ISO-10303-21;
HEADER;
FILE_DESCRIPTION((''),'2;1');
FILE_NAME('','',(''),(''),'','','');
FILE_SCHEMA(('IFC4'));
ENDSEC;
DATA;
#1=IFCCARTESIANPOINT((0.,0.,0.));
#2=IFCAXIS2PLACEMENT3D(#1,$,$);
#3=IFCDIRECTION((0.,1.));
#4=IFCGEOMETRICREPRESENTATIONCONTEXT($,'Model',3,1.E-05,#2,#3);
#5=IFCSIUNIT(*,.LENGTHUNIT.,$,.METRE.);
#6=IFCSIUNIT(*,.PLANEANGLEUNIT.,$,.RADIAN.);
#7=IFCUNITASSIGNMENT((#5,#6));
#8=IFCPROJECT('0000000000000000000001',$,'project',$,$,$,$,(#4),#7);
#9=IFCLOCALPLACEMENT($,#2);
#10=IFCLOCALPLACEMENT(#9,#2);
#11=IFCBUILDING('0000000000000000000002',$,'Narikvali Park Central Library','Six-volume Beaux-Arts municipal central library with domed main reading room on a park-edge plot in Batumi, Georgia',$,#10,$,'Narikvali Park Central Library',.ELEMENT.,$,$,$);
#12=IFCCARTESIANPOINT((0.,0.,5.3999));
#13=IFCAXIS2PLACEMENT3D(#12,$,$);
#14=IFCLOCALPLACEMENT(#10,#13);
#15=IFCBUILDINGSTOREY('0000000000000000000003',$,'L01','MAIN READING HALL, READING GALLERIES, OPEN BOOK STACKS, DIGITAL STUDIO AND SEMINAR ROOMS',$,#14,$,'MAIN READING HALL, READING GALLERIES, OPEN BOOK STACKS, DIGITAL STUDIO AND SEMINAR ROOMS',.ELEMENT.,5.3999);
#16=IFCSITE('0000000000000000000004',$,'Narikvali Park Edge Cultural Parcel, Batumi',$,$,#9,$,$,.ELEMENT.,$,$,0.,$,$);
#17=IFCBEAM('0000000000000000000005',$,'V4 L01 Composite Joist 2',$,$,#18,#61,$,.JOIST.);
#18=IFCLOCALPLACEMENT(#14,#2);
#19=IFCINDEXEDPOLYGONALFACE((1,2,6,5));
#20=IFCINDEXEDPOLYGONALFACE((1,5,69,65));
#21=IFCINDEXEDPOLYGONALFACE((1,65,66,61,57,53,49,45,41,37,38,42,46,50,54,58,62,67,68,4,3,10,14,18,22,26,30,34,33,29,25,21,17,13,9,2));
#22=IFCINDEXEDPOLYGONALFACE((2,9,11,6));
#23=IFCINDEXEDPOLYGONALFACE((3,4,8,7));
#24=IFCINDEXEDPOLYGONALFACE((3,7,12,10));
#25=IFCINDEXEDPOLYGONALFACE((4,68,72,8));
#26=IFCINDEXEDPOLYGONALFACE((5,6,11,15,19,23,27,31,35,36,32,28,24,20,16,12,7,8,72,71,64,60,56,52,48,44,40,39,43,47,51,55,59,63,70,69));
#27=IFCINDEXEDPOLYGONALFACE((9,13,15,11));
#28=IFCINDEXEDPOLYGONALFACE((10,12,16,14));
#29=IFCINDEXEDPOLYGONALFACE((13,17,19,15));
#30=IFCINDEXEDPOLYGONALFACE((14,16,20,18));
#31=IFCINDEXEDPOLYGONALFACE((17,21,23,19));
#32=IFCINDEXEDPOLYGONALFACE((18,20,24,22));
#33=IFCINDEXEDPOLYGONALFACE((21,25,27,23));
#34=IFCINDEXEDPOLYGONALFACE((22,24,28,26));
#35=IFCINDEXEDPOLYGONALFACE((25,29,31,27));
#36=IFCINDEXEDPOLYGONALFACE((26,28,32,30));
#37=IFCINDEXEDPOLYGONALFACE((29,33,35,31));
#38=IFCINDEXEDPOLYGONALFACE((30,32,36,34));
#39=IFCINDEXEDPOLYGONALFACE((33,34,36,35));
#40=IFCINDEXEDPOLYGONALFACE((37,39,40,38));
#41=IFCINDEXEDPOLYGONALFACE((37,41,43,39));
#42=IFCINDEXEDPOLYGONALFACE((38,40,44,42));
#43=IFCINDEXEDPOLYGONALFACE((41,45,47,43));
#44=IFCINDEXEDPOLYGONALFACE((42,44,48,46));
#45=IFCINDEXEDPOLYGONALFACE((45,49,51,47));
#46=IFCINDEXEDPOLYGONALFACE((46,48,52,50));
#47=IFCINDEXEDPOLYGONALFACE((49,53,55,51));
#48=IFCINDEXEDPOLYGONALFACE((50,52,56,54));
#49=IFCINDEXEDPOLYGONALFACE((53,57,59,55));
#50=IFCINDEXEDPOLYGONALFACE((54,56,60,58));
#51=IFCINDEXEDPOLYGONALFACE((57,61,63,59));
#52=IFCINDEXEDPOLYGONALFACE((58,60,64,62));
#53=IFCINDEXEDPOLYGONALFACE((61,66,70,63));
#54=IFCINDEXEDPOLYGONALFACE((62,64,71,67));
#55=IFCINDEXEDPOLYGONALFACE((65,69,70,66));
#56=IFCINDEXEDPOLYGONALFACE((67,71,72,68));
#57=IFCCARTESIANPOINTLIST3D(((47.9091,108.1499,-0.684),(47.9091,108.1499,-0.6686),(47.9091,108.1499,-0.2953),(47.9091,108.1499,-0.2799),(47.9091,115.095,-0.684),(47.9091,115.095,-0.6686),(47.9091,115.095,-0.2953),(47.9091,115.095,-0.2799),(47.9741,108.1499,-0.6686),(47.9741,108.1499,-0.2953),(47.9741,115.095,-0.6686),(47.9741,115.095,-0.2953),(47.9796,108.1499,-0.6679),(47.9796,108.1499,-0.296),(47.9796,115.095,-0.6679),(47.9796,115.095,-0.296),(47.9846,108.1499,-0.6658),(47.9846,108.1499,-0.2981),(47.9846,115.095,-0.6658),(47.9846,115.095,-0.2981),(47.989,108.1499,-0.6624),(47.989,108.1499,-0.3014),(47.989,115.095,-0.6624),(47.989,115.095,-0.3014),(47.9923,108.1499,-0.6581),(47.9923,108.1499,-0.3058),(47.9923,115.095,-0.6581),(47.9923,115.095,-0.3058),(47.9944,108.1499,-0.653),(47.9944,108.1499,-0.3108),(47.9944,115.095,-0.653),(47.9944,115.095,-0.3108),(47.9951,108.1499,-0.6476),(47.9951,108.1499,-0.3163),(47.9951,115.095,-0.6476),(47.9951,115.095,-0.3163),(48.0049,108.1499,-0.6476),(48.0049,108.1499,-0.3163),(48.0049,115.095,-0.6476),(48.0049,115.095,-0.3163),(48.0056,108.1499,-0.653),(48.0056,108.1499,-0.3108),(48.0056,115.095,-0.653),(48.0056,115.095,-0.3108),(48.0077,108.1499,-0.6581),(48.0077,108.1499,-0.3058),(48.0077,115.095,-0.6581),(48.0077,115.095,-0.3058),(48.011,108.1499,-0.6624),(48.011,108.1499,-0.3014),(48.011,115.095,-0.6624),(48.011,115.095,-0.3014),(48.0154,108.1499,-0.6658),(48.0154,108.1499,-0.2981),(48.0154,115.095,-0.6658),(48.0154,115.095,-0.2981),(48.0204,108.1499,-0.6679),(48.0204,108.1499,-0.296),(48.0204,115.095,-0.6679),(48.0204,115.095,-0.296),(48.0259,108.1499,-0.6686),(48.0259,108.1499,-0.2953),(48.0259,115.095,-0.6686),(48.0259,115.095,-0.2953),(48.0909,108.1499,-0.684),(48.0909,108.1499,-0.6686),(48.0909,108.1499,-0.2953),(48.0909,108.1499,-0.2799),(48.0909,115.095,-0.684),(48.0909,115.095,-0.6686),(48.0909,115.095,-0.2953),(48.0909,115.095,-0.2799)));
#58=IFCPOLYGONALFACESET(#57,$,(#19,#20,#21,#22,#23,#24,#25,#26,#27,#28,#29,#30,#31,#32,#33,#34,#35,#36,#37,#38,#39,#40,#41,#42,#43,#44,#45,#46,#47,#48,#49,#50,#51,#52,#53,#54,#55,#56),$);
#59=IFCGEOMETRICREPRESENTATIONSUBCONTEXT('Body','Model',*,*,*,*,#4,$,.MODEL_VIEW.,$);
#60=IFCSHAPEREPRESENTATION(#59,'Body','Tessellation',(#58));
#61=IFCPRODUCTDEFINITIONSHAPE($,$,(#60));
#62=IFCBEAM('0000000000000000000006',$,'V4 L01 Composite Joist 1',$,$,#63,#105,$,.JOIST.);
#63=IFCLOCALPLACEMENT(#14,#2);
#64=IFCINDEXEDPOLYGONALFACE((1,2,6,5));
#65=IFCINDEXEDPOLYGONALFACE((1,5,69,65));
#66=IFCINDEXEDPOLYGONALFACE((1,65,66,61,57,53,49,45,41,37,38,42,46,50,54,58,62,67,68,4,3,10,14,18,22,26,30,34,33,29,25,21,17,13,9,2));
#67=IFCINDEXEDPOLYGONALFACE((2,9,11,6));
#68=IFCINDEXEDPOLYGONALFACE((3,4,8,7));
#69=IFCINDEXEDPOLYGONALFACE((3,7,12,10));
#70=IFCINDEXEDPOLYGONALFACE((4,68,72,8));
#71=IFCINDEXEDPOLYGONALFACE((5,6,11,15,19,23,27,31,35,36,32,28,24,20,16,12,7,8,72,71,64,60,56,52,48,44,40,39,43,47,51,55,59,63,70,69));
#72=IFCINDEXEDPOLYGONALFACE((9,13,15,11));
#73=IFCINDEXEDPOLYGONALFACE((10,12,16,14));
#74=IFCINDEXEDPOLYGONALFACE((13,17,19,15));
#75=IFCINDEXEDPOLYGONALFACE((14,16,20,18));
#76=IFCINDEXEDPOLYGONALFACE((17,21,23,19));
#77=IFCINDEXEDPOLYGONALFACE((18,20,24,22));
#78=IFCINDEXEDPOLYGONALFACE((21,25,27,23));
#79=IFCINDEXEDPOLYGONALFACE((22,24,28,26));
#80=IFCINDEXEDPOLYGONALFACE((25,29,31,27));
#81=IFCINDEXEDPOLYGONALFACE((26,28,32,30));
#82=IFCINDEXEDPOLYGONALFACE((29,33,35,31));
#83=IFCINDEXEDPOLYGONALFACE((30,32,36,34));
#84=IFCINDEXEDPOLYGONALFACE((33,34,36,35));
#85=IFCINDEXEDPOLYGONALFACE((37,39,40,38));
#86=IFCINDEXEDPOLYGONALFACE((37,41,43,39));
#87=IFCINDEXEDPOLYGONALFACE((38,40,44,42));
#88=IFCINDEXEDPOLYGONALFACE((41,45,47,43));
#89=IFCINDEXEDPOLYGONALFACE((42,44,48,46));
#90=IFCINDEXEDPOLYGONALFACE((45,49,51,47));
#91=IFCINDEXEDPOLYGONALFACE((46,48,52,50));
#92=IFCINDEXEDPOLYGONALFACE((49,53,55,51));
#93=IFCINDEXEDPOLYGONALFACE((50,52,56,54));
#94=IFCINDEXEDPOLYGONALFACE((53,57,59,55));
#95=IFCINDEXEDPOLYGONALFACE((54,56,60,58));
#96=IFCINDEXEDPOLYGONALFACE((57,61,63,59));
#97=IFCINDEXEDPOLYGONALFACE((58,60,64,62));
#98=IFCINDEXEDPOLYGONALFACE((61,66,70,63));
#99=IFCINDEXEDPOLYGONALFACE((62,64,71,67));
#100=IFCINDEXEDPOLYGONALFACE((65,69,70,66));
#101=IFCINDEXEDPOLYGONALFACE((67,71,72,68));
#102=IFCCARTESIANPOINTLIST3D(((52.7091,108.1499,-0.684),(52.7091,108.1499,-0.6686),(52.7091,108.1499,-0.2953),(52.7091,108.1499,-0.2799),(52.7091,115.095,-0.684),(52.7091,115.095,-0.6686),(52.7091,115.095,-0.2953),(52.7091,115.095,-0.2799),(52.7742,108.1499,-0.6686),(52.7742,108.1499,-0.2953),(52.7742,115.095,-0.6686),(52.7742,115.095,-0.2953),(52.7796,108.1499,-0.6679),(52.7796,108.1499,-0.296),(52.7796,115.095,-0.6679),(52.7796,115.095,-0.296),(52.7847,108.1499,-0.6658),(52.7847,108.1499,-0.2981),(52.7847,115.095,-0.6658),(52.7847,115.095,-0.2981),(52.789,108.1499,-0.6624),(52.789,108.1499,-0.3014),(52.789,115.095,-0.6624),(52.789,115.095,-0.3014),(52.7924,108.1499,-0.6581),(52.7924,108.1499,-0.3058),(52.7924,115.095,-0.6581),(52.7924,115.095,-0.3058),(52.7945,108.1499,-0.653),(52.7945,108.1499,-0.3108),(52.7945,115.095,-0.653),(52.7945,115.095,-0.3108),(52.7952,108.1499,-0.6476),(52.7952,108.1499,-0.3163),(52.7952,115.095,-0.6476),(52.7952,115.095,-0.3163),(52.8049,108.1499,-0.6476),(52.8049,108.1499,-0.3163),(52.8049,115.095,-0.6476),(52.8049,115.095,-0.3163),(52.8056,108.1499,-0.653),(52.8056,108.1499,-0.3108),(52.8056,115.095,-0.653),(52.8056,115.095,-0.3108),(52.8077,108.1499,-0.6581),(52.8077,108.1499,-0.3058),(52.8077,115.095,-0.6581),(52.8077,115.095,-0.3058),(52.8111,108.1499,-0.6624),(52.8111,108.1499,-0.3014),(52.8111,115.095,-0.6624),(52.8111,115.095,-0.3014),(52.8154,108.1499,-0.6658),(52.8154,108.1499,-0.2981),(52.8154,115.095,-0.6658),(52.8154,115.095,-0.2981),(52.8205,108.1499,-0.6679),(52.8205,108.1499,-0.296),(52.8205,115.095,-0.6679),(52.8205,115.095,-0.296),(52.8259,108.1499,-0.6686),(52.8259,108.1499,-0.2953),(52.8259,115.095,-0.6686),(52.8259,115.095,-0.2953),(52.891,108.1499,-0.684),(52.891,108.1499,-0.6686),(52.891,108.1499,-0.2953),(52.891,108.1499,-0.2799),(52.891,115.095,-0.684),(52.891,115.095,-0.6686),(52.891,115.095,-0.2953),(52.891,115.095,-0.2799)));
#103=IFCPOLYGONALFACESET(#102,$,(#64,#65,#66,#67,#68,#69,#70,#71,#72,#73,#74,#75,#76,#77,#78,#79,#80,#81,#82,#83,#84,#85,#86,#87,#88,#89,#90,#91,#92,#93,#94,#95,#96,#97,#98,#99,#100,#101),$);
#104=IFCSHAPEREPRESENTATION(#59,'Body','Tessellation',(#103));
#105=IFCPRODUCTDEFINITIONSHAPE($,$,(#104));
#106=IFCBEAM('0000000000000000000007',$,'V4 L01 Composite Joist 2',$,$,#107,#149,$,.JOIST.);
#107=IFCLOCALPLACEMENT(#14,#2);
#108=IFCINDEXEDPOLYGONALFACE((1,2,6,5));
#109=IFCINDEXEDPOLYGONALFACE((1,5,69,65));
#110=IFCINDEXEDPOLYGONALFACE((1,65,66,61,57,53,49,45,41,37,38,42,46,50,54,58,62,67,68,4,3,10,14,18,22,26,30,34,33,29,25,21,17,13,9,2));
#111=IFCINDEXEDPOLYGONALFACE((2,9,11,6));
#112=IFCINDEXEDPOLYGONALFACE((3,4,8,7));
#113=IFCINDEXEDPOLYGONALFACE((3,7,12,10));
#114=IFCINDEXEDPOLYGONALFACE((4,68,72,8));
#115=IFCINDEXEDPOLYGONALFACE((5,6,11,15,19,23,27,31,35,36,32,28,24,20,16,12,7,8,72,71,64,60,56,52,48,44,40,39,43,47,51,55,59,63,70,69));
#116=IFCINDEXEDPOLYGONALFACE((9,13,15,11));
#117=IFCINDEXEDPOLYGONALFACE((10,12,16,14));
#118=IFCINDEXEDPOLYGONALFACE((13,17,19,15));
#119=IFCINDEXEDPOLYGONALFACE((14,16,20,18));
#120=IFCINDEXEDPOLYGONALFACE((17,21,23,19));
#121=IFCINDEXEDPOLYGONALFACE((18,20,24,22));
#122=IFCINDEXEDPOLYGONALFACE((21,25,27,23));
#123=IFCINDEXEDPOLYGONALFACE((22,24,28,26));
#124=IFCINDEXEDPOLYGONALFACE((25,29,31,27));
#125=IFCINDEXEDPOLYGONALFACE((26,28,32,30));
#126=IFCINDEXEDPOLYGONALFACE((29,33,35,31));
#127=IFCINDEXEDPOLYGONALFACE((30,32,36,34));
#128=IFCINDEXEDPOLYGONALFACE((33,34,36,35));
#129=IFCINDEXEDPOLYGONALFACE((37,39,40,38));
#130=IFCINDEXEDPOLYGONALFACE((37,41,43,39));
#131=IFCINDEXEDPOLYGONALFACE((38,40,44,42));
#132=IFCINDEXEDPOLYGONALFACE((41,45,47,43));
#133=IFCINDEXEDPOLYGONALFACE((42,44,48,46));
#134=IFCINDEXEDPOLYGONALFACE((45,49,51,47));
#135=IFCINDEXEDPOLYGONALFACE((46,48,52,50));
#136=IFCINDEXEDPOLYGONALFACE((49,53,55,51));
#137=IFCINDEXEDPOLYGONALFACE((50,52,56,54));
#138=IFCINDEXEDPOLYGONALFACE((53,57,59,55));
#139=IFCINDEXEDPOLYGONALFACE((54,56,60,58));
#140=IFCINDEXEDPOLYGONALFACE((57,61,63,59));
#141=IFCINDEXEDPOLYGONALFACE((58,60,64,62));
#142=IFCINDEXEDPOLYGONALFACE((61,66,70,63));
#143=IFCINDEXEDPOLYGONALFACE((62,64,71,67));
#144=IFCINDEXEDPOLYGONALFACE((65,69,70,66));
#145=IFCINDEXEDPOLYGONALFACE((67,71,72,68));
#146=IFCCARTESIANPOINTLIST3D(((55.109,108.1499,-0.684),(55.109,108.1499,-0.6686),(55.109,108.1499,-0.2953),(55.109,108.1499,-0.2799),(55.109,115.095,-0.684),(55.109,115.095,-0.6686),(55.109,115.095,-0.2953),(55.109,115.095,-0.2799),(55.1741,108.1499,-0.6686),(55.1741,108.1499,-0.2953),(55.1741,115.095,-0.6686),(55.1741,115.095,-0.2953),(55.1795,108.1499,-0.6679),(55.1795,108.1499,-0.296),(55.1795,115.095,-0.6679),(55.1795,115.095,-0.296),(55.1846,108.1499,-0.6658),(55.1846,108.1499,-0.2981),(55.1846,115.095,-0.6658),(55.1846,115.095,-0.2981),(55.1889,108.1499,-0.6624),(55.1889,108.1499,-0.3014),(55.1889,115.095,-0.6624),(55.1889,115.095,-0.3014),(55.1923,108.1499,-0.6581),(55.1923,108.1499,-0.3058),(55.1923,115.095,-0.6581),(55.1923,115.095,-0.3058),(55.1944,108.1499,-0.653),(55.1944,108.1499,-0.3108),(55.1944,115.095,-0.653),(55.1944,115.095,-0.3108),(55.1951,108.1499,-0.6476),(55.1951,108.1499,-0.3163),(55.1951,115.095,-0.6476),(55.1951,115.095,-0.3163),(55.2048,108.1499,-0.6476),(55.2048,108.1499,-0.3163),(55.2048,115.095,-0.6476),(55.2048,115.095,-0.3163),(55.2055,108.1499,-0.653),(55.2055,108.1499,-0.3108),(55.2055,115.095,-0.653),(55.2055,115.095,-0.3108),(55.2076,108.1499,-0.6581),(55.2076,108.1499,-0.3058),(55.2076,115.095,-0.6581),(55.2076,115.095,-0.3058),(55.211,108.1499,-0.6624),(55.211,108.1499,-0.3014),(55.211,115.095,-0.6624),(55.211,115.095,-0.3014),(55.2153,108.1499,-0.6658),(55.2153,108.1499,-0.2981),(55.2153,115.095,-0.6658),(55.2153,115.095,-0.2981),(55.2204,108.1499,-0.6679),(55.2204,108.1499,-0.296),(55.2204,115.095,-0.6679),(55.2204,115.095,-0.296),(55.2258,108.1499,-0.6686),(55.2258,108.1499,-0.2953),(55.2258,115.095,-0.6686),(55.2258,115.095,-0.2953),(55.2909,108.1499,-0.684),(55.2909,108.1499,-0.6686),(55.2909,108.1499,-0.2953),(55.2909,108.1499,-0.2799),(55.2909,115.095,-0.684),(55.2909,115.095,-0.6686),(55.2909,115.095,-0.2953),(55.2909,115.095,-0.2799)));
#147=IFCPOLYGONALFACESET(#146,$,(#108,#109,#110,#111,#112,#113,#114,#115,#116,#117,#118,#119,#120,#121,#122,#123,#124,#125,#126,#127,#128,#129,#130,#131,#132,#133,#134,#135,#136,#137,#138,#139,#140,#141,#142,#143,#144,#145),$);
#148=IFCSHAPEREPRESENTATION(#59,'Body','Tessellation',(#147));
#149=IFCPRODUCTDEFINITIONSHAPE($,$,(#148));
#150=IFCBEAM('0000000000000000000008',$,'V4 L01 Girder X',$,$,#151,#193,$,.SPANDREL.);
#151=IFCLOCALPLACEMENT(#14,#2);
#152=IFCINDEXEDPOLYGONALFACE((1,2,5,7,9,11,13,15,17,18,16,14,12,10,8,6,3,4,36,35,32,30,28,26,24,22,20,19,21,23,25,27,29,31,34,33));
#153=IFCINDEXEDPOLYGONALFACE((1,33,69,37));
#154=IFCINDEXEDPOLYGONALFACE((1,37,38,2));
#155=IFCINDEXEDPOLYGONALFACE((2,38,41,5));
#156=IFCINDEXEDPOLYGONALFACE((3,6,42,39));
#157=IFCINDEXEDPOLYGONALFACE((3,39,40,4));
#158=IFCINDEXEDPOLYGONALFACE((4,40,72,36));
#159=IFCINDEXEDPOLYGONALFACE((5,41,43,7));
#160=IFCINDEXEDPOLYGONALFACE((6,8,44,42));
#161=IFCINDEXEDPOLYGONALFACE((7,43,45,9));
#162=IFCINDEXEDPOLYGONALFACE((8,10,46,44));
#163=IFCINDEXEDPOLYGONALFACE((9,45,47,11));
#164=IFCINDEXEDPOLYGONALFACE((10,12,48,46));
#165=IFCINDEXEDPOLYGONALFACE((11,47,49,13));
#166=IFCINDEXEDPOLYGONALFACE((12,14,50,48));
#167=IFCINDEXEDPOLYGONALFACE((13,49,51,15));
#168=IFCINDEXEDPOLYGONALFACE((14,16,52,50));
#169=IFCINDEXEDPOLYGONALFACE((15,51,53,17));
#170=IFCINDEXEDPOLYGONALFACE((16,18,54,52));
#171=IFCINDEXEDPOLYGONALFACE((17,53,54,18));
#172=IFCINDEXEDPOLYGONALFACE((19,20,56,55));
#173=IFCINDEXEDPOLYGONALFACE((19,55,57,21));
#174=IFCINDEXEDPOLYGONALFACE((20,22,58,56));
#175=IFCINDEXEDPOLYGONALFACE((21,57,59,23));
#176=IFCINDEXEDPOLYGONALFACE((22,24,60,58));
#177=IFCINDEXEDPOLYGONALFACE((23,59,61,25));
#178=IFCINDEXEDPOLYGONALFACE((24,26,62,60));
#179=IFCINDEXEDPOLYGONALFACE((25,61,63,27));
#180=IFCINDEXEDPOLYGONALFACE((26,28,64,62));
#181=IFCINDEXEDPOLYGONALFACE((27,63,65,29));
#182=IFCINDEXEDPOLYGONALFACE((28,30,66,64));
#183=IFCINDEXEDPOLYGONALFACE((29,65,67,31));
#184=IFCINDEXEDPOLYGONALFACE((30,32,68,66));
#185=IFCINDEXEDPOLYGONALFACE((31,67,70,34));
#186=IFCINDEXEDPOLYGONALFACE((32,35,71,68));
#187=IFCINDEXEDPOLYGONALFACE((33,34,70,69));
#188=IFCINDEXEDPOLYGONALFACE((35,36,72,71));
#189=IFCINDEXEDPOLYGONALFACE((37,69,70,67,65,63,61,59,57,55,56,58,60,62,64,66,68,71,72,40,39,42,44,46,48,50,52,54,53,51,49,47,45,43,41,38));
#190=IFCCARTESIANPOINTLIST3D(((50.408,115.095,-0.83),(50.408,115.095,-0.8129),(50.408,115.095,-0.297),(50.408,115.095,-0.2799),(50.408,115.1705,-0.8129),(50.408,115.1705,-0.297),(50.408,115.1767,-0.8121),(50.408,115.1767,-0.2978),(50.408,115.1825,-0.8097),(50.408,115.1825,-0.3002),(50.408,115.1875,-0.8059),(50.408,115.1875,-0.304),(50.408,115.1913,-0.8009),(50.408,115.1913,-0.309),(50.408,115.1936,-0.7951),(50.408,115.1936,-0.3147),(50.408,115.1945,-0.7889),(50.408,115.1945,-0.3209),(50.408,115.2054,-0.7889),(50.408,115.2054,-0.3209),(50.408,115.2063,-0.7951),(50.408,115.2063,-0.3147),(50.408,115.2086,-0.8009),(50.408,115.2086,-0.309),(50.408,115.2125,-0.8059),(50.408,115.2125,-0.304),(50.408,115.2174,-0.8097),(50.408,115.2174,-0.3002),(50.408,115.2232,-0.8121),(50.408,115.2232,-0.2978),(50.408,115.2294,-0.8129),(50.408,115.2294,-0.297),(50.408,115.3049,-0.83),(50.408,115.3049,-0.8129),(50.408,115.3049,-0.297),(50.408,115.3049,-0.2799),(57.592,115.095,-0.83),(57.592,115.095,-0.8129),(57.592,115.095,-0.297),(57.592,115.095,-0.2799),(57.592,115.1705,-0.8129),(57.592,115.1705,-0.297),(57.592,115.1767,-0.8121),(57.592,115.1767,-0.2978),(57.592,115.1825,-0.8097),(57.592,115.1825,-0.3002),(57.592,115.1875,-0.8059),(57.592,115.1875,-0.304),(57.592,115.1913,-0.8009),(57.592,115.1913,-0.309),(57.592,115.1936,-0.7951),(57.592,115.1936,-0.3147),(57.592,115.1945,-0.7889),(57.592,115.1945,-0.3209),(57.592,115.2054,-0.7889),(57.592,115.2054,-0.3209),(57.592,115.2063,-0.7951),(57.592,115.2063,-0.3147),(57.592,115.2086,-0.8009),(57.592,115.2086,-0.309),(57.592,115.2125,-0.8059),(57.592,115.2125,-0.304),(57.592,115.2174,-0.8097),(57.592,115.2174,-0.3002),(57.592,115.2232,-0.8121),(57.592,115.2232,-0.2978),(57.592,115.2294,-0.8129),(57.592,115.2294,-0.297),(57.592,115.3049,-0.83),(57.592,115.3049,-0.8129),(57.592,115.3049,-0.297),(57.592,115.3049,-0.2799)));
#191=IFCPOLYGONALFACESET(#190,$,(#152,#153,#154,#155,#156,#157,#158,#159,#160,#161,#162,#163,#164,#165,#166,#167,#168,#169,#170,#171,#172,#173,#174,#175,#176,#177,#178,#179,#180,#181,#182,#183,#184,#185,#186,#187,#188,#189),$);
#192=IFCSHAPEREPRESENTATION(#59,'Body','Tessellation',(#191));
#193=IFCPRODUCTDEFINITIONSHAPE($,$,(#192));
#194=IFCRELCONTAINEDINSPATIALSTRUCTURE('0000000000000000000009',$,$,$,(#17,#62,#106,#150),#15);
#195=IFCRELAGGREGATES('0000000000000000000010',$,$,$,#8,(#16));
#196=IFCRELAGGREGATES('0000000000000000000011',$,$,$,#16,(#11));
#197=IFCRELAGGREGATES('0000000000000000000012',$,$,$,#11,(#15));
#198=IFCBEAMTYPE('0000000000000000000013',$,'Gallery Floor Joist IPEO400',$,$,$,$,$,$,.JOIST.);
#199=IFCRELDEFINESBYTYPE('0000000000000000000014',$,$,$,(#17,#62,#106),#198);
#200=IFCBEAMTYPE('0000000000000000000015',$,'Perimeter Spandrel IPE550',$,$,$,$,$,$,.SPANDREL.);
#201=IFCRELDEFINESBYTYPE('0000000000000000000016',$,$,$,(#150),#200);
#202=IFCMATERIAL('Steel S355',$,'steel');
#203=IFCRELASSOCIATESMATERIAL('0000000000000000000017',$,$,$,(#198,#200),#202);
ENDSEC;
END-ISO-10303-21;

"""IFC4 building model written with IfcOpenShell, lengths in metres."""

from ifc_helpers import new_model, si_unit, direction, frame, origin, origin_2d, place, context, subcontext, project, spatial, i_section, extrude, material, material_profile, profile_set, type_object, element, save


model = new_model("IFC4")

# Units and contexts
model_context = context("Model", 3, precision=1e-05, world=origin(), true_north=direction((0.0, 1.0)))
body_context = subcontext(model_context, "Body", "Model", "MODEL_VIEW")
ifc_project = project(units=[si_unit("LENGTHUNIT", "METRE"), si_unit("PLANEANGLEUNIT", "RADIAN")], contexts=[model_context])

# Site, building, storey
site_placement = place(None, origin())
site = spatial("IfcSite", under=ifc_project, at=site_placement, Name="Narikvali Park Edge Cultural Parcel, Batumi", CompositionType="ELEMENT", RefElevation=0.0)
building_placement = place(site_placement, origin())
building = spatial("IfcBuilding", under=site, at=building_placement, Name="Narikvali Park Central Library", Description="Six-volume Beaux-Arts municipal central library with domed main reading room on a park-edge plot in Batumi, Georgia", LongName="Narikvali Park Central Library", CompositionType="ELEMENT")
storey_placement = place(building_placement, frame((0.0, 0.0, 5.3999)))
storey = spatial("IfcBuildingStorey", under=building, at=storey_placement, Name="L01", Description="MAIN READING HALL, READING GALLERIES, OPEN BOOK STACKS, DIGITAL STUDIO AND SEMINAR ROOMS", LongName="MAIN READING HALL, READING GALLERIES, OPEN BOOK STACKS, DIGITAL STUDIO AND SEMINAR ROOMS", CompositionType="ELEMENT", Elevation=5.3999)

# Shared definitions
ifc_material_1 = material(Name="Steel S355", Category="steel")

# Beams
ifc_material_profile_1 = material_profile(ifc_material_1, i_section(OverallWidth=0.1819, OverallDepth=0.4041, WebThickness=0.0098, FlangeThickness=0.0154, FilletRadius=0.021, at=origin_2d()), Name="IPEO 400")
ifc_profile_set_1 = profile_set([ifc_material_profile_1], Name="Steel S355")
beam_type_1 = type_object("IfcBeamType", Name="Gallery Floor Joist IPEO400", PredefinedType="JOIST", material=ifc_profile_set_1)
for number, where, z_axis, x_axis, name in (
    (1, (48.0, 108.1499, -0.4819), (0.0, 1.0, 0.0), (-1.0, 0.0, 0.0), "V4 L01 Composite Joist 2"),
    (2, (52.8, 108.1499, -0.4819), (0.0, 1.0, 0.0), (-1.0, 0.0, 0.0), "V4 L01 Composite Joist 1"),
    (3, (55.2, 108.1499, -0.4819), (0.0, 1.0, 0.0), (-1.0, 0.0, 0.0), "V4 L01 Composite Joist 2"),
):
    element("IfcBeam", number, at=place(storey_placement, frame(where, z_axis=z_axis, x_axis=x_axis)), inside=storey, type_object=beam_type_1, Name=name, PredefinedType="JOIST", context=body_context, shape_type="SweptSolid", body=[
        extrude(i_section(OverallWidth=0.1819, OverallDepth=0.4041, WebThickness=0.0098, FlangeThickness=0.0154, FilletRadius=0.021, at=origin_2d()), origin(), (0.0, 0.0, 1.0), 6.9451),
    ])
ifc_material_profile_2 = material_profile(ifc_material_1, i_section(OverallWidth=0.21, OverallDepth=0.55, WebThickness=0.011, FlangeThickness=0.0171, FilletRadius=0.0239, at=origin_2d()), Name="IPE 550")
ifc_profile_set_2 = profile_set([ifc_material_profile_2], Name="Steel S355")
beam_type_2 = type_object("IfcBeamType", Name="Perimeter Spandrel IPE550", PredefinedType="SPANDREL", material=ifc_profile_set_2)
beam_1_placement = place(storey_placement, frame((50.408, 115.2, -0.5549), z_axis=(1.0, 0.0, 0.0), x_axis=(0.0, 1.0, 0.0)))
element("IfcBeam", 4, at=beam_1_placement, inside=storey, type_object=beam_type_2, Name="V4 L01 Girder X", PredefinedType="SPANDREL", context=body_context, shape_type="SweptSolid", body=[
    extrude(i_section(OverallWidth=0.21, OverallDepth=0.55, WebThickness=0.011, FlangeThickness=0.0171, FilletRadius=0.0239, at=origin_2d()), origin(), (0.0, 0.0, 1.0), 7.1841),
])

save(model, "model.ifc")
